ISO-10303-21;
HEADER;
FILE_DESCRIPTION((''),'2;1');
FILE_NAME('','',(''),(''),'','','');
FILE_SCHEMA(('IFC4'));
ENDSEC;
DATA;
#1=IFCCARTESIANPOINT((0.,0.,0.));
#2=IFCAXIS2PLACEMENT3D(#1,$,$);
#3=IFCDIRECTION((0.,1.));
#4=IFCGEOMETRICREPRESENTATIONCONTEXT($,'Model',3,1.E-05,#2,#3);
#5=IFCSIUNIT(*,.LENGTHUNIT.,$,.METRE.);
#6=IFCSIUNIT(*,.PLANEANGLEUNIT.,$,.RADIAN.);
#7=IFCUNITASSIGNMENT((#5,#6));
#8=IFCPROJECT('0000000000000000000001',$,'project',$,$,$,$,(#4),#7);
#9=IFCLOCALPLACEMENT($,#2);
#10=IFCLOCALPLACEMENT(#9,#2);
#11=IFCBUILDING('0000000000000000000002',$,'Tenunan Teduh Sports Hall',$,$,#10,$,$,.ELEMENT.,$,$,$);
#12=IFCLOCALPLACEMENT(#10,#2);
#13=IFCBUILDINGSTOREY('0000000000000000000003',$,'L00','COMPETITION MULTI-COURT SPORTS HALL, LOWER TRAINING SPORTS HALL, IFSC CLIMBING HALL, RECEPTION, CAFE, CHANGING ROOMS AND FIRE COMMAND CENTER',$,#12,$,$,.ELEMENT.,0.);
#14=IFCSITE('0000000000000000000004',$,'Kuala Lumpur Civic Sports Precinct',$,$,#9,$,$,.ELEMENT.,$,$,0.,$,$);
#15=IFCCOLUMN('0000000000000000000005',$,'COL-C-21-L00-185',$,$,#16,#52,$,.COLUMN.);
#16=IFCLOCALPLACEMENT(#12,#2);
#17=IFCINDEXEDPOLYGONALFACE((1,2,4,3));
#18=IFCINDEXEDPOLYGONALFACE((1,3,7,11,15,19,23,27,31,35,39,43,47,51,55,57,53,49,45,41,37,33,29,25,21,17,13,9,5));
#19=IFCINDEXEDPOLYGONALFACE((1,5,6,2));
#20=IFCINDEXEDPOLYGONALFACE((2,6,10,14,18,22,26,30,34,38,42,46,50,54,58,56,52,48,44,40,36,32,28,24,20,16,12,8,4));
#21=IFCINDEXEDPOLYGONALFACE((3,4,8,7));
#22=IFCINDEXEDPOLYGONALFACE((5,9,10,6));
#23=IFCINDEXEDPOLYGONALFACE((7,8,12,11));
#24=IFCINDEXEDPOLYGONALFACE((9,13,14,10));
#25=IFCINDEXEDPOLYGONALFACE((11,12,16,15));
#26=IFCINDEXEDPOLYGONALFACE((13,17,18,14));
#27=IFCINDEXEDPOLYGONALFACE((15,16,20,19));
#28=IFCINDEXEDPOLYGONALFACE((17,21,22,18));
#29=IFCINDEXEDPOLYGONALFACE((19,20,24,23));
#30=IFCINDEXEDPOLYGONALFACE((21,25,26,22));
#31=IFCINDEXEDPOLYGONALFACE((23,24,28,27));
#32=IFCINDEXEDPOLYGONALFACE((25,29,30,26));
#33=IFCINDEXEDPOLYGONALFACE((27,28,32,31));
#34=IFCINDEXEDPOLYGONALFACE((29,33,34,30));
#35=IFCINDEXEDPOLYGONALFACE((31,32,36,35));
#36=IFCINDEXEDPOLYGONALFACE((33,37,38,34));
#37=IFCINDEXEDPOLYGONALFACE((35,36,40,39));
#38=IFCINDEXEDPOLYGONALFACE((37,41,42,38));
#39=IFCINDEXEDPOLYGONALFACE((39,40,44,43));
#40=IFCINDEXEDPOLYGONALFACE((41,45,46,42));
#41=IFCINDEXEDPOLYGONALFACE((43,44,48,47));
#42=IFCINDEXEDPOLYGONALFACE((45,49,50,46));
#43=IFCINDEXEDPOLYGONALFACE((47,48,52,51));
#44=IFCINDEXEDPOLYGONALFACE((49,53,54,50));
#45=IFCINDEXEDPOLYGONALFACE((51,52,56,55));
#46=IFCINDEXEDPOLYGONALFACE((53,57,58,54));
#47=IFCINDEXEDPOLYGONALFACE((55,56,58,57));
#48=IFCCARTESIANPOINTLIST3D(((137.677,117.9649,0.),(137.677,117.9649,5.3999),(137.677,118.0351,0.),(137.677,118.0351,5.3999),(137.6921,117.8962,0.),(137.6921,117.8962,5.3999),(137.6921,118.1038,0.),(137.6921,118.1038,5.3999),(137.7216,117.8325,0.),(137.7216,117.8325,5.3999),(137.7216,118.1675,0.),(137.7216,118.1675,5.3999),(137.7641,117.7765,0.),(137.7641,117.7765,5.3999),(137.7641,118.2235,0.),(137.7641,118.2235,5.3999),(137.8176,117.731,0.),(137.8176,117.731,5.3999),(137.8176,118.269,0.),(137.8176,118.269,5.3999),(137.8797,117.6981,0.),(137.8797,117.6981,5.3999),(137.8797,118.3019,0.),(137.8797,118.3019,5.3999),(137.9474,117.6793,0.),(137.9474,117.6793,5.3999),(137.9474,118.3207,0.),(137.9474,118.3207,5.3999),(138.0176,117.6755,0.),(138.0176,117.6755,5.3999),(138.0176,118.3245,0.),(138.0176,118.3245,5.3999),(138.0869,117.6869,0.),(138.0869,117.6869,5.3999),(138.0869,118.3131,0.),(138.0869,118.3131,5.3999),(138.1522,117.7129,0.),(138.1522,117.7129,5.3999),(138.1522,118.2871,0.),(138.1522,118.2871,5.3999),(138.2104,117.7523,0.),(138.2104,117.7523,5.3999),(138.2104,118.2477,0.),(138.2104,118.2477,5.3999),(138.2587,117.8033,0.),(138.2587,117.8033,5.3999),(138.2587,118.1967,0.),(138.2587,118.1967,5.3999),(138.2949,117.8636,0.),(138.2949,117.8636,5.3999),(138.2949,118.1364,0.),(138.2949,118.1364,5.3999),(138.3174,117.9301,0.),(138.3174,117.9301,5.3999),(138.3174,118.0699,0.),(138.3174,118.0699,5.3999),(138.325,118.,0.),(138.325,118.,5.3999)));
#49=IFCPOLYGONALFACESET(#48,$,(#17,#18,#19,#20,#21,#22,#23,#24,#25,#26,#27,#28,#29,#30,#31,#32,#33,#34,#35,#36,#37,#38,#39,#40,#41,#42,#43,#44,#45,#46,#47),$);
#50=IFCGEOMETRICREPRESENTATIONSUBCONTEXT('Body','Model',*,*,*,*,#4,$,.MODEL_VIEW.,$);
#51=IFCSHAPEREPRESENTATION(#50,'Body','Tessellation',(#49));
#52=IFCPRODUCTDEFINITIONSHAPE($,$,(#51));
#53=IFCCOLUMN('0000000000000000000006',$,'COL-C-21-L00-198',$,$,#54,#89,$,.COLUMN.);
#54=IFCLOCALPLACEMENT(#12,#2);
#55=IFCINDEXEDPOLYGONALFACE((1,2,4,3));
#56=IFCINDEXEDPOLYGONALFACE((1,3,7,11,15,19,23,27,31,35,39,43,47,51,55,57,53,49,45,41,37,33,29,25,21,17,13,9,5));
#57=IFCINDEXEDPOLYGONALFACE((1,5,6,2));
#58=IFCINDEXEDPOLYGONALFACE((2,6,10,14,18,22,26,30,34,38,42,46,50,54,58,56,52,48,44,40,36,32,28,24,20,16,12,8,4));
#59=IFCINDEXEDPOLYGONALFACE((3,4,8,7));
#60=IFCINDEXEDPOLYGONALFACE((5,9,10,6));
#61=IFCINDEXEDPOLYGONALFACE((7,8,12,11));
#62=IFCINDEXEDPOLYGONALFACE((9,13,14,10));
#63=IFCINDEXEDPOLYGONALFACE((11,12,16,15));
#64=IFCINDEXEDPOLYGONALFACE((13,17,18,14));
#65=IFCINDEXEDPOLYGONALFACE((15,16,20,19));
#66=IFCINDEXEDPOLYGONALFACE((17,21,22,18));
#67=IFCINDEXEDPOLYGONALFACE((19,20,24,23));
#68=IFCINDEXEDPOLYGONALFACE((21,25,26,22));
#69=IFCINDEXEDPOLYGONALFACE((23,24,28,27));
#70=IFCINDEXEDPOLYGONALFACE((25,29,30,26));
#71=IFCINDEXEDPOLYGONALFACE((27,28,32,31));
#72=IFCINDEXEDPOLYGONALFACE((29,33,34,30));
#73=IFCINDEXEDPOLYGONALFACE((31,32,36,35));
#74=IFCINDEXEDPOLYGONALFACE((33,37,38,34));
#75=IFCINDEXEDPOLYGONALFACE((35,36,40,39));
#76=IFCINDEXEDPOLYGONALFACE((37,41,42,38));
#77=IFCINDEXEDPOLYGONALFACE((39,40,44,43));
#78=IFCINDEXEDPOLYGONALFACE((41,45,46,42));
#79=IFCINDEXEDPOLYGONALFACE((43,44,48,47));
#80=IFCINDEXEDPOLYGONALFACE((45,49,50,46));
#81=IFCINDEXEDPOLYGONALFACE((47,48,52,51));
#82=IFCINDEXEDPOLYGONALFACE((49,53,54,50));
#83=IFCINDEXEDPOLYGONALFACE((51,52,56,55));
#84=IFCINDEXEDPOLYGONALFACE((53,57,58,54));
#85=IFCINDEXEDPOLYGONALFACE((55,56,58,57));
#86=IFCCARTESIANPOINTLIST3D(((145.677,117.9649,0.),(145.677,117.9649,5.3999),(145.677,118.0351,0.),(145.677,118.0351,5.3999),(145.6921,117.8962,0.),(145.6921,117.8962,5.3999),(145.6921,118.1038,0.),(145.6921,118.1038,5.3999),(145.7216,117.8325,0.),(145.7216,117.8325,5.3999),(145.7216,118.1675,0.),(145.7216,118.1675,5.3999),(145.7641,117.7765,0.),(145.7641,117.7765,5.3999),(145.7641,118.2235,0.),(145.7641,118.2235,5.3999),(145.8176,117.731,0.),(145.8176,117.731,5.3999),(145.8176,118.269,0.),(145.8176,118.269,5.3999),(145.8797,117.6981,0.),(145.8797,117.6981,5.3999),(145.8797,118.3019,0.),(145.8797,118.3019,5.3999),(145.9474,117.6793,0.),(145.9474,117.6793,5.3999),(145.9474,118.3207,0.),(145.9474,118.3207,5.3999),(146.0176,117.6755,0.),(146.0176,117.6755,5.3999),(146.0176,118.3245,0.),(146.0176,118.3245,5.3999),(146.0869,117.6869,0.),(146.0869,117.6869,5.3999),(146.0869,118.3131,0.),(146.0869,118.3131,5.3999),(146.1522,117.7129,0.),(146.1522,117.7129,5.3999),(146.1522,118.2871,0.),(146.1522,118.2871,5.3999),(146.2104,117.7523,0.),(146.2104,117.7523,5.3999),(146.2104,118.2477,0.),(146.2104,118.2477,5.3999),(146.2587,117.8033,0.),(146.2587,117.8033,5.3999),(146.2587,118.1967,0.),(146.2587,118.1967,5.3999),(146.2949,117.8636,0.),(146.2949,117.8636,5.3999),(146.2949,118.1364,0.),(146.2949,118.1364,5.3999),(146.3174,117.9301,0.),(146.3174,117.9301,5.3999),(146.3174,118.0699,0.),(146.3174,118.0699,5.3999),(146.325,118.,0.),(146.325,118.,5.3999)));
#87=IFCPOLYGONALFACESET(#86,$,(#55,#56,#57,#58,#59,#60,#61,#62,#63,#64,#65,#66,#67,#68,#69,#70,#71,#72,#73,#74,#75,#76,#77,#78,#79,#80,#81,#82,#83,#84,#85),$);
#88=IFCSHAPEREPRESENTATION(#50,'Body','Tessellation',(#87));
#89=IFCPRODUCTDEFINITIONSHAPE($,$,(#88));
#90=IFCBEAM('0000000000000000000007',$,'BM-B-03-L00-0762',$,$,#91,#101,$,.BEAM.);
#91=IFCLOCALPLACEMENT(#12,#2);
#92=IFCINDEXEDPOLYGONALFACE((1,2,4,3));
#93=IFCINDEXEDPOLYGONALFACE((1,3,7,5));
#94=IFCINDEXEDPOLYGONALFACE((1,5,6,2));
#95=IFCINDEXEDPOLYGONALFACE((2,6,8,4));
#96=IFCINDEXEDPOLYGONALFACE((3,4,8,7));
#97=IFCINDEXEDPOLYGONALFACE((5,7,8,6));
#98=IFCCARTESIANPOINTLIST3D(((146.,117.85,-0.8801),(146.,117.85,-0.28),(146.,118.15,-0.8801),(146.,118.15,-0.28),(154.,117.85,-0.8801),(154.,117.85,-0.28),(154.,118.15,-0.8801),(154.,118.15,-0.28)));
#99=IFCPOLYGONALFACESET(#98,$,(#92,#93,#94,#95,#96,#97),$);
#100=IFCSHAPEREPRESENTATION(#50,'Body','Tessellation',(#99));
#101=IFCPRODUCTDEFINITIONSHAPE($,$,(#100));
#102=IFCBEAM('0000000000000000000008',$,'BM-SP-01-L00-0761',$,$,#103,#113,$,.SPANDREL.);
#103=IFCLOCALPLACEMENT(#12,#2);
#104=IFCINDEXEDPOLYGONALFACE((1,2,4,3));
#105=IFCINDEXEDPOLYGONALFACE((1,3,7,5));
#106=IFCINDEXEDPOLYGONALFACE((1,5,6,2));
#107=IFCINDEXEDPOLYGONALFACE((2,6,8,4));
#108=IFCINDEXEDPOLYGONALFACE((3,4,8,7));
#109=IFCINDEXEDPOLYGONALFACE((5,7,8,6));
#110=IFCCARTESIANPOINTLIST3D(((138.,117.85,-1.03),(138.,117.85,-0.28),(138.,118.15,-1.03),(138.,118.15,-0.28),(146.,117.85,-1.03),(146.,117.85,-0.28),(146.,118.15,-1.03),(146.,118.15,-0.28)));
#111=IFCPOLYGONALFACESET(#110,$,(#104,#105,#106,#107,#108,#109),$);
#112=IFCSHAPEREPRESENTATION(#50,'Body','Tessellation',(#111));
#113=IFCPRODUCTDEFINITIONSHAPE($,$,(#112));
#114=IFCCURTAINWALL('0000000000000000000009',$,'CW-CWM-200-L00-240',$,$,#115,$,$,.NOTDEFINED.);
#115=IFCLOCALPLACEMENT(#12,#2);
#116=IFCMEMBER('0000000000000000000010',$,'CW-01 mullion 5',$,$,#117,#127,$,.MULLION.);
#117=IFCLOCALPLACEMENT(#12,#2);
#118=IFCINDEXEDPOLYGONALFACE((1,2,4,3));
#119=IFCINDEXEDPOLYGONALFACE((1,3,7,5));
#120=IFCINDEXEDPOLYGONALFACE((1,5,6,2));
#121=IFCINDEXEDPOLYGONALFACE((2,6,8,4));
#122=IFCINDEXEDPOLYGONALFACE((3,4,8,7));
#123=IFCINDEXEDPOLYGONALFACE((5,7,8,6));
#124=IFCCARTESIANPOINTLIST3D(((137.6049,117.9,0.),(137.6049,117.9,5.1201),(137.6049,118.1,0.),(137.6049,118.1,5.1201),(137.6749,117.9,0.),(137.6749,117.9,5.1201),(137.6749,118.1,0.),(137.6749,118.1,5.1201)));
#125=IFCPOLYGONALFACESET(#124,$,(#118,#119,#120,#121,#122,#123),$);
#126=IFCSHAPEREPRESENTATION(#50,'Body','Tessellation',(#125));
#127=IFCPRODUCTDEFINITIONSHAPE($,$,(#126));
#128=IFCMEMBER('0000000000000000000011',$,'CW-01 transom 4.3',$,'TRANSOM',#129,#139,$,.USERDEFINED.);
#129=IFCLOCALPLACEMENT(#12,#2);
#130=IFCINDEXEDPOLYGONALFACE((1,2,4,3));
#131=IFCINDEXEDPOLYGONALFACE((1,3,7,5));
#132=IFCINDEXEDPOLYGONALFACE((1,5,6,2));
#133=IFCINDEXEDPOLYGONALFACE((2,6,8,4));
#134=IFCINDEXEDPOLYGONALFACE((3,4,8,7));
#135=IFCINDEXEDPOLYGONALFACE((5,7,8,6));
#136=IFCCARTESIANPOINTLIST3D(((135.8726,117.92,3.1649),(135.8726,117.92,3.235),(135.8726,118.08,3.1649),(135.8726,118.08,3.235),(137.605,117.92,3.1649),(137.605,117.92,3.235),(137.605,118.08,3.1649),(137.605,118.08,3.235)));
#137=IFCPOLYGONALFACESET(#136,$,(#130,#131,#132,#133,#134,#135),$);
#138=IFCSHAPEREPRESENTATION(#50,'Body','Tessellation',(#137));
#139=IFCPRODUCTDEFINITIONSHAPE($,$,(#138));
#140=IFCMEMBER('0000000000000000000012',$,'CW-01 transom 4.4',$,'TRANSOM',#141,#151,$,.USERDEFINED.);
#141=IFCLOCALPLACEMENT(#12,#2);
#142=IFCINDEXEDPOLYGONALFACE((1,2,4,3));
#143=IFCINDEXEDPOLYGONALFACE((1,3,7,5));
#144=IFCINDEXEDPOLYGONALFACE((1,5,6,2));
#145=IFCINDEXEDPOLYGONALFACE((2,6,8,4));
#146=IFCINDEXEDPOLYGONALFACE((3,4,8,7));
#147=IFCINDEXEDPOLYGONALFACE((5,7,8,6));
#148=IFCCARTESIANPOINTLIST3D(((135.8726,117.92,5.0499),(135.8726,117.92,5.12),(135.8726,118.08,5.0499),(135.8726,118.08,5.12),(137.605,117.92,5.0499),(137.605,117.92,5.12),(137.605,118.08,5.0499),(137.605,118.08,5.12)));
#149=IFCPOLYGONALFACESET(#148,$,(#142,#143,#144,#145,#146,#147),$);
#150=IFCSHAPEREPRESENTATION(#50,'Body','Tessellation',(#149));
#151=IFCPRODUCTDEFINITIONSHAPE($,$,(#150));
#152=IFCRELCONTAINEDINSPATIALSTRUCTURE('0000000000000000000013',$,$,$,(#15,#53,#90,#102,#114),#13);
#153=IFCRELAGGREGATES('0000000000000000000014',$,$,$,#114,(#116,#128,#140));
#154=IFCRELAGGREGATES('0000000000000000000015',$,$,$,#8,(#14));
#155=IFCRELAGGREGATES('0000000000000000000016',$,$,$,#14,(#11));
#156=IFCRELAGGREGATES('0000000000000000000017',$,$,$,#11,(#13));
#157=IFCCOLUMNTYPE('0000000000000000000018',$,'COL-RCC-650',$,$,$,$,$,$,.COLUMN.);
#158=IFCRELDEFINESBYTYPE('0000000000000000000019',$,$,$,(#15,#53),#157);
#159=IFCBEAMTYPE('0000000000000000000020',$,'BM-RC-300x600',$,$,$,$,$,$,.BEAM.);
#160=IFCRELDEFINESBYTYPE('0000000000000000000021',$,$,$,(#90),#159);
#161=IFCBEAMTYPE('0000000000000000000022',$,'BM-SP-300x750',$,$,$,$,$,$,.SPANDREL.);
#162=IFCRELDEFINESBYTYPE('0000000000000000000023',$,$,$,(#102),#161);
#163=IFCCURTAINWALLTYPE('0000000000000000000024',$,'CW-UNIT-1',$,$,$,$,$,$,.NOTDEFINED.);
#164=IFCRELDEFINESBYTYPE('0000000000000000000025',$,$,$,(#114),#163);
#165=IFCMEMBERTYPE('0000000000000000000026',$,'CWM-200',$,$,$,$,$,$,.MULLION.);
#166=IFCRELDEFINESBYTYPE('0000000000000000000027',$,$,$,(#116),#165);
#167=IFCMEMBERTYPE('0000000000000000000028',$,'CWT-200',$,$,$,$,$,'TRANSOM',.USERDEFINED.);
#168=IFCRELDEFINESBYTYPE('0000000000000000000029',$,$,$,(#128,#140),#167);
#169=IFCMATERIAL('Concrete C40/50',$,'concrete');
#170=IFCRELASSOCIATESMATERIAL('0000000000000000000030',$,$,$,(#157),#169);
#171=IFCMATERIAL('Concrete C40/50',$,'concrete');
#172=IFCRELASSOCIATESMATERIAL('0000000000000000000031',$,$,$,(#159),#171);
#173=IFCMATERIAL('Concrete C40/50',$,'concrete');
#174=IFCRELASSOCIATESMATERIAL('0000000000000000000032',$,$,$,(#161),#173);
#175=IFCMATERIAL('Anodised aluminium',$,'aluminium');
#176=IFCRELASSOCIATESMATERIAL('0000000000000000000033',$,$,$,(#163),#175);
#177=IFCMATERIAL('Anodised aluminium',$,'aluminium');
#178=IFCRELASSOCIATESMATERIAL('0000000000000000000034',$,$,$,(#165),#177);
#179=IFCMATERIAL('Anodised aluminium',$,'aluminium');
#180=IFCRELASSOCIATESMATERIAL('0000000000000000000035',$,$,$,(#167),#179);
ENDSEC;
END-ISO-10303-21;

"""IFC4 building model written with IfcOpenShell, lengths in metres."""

from ifc_helpers import new_model, si_unit, direction, frame, origin, origin_2d, place, context, subcontext, project, spatial, rectangle, circle, extrude, material, material_profile, profile_set, type_object, element, aggregate, save


model = new_model("IFC4")

# Units and contexts
model_context = context("Model", 3, precision=1e-05, world=origin(), true_north=direction((0.0, 1.0)))
body_context = subcontext(model_context, "Body", "Model", "MODEL_VIEW")
ifc_project = project(units=[si_unit("LENGTHUNIT", "METRE"), si_unit("PLANEANGLEUNIT", "RADIAN")], contexts=[model_context])

# Site, building, storey
site_placement = place(None, origin())
site = spatial("IfcSite", under=ifc_project, at=site_placement, Name="Kuala Lumpur Civic Sports Precinct", CompositionType="ELEMENT", RefElevation=0.0)
building_placement = place(site_placement, origin())
building = spatial("IfcBuilding", under=site, at=building_placement, Name="Tenunan Teduh Sports Hall", CompositionType="ELEMENT")
storey_placement = place(building_placement, origin())
storey = spatial("IfcBuildingStorey", under=building, at=storey_placement, Name="L00", Description="COMPETITION MULTI-COURT SPORTS HALL, LOWER TRAINING SPORTS HALL, IFSC CLIMBING HALL, RECEPTION, CAFE, CHANGING ROOMS AND FIRE COMMAND CENTER", CompositionType="ELEMENT", Elevation=0.0)

# Columns
ifc_material_1 = material(Name="Concrete C40/50", Category="concrete")
ifc_material_profile_1 = material_profile(ifc_material_1, circle(Radius=0.325, at=origin_2d()), Name="RCC D650")
ifc_profile_set_1 = profile_set([ifc_material_profile_1], Name="Concrete C40/50")
column_type = type_object("IfcColumnType", Name="COL-RCC-650", PredefinedType="COLUMN", material=ifc_profile_set_1)
for number, where, z_axis, x_axis, name in (
    (1, (138.0, 118.0, 0.0), (0.0, 0.0, 1.0), (1.0, 0.0, 0.0), "COL-C-21-L00-185"),
    (2, (146.0, 118.0, 0.0), (0.0, 0.0, 1.0), (1.0, 0.0, 0.0), "COL-C-21-L00-198"),
):
    element("IfcColumn", number, at=place(storey_placement, frame(where, z_axis=z_axis, x_axis=x_axis)), inside=storey, type_object=column_type, Name=name, PredefinedType="COLUMN", context=body_context, shape_type="SweptSolid", body=[
        extrude(circle(Radius=0.325, at=origin_2d()), origin(), (0.0, 0.0, 1.0), 5.3999),
    ])

# Beams
ifc_material_2 = material(Name="Concrete C40/50", Category="concrete")
ifc_material_profile_2 = material_profile(ifc_material_2, rectangle(XDim=0.3, YDim=0.6001, at=origin_2d()), Name="RCB 300x600")
ifc_profile_set_2 = profile_set([ifc_material_profile_2], Name="Concrete C40/50")
beam_type_1 = type_object("IfcBeamType", Name="BM-RC-300x600", PredefinedType="BEAM", material=ifc_profile_set_2)
beam_1_placement = place(storey_placement, frame((146.0, 118.0, -0.5801), z_axis=(1.0, 0.0, 0.0), x_axis=(0.0, 1.0, 0.0)))
element("IfcBeam", 3, at=beam_1_placement, inside=storey, type_object=beam_type_1, Name="BM-B-03-L00-0762", PredefinedType="BEAM", context=body_context, shape_type="SweptSolid", body=[
    extrude(rectangle(XDim=0.3, YDim=0.6001, at=origin_2d()), origin(), (0.0, 0.0, 1.0), 8.0),
])
ifc_material_3 = material(Name="Concrete C40/50", Category="concrete")
ifc_material_profile_3 = material_profile(ifc_material_3, rectangle(XDim=0.3, YDim=0.75, at=origin_2d()), Name="SPB 300x750")
ifc_profile_set_3 = profile_set([ifc_material_profile_3], Name="Concrete C40/50")
beam_type_2 = type_object("IfcBeamType", Name="BM-SP-300x750", PredefinedType="SPANDREL", material=ifc_profile_set_3)
beam_2_placement = place(storey_placement, frame((138.0, 118.0, -0.655), z_axis=(1.0, 0.0, 0.0), x_axis=(0.0, 1.0, 0.0)))
element("IfcBeam", 4, at=beam_2_placement, inside=storey, type_object=beam_type_2, Name="BM-SP-01-L00-0761", PredefinedType="SPANDREL", context=body_context, shape_type="SweptSolid", body=[
    extrude(rectangle(XDim=0.3, YDim=0.75, at=origin_2d()), origin(), (0.0, 0.0, 1.0), 8.0),
])

# Curtain wall, members
ifc_material_4 = material(Name="Anodised aluminium", Category="aluminium")
curtain_wall_type = type_object("IfcCurtainWallType", Name="CW-UNIT-1", PredefinedType="NOTDEFINED", material=ifc_material_4)
curtain_wall_placement = place(storey_placement, origin())
curtain_wall = element("IfcCurtainWall", 5, at=curtain_wall_placement, inside=storey, type_object=curtain_wall_type, Name="CW-CWM-200-L00-240", PredefinedType="NOTDEFINED")
ifc_material_5 = material(Name="Anodised aluminium", Category="aluminium")
ifc_material_profile_4 = material_profile(ifc_material_5, rectangle(XDim=0.0701, YDim=0.2, at=origin_2d()), Name="CWM 70x200")
ifc_profile_set_4 = profile_set([ifc_material_profile_4], Name="Anodised aluminium")
member_type_1 = type_object("IfcMemberType", Name="CWM-200", PredefinedType="MULLION", material=ifc_profile_set_4)
member_1_placement = place(storey_placement, frame((137.6399, 118.0, 0.0), z_axis=(0.0, 0.0, 1.0), x_axis=(1.0, 0.0, 0.0)))
member_1 = element("IfcMember", 6, at=member_1_placement, type_object=member_type_1, Name="CW-01 mullion 5", PredefinedType="MULLION", context=body_context, shape_type="SweptSolid", body=[
    extrude(rectangle(XDim=0.0701, YDim=0.2, at=origin_2d()), origin(), (0.0, 0.0, 1.0), 5.1201),
])
ifc_material_6 = material(Name="Anodised aluminium", Category="aluminium")
ifc_material_profile_5 = material_profile(ifc_material_6, rectangle(XDim=0.0701, YDim=0.1599, at=origin_2d()), Name="CWT 70x160")
ifc_profile_set_5 = profile_set([ifc_material_profile_5], Name="Anodised aluminium")
member_type_2 = type_object("IfcMemberType", Name="CWT-200", ElementType="TRANSOM", PredefinedType="USERDEFINED", material=ifc_profile_set_5)
member_2_placement = place(storey_placement, frame((135.8726, 118.0, 3.2), z_axis=(1.0, 0.0, 0.0), x_axis=(0.0, 0.0, 1.0)))
member_2 = element("IfcMember", 7, at=member_2_placement, type_object=member_type_2, Name="CW-01 transom 4.3", ObjectType="TRANSOM", PredefinedType="USERDEFINED", context=body_context, shape_type="SweptSolid", body=[
    extrude(rectangle(XDim=0.0701, YDim=0.1599, at=origin_2d()), origin(), (0.0, 0.0, 1.0), 1.7324),
])
member_3_placement = place(storey_placement, frame((135.8726, 118.0, 5.085), z_axis=(1.0, 0.0, 0.0), x_axis=(0.0, 0.0, 1.0)))
member_3 = element("IfcMember", 8, at=member_3_placement, type_object=member_type_2, Name="CW-01 transom 4.4", ObjectType="TRANSOM", PredefinedType="USERDEFINED", context=body_context, shape_type="SweptSolid", body=[
    extrude(rectangle(XDim=0.0701, YDim=0.1599, at=origin_2d()), origin(), (0.0, 0.0, 1.0), 1.7324),
])

aggregate(curtain_wall, [member_1, member_2, member_3])

save(model, "model.ifc")
